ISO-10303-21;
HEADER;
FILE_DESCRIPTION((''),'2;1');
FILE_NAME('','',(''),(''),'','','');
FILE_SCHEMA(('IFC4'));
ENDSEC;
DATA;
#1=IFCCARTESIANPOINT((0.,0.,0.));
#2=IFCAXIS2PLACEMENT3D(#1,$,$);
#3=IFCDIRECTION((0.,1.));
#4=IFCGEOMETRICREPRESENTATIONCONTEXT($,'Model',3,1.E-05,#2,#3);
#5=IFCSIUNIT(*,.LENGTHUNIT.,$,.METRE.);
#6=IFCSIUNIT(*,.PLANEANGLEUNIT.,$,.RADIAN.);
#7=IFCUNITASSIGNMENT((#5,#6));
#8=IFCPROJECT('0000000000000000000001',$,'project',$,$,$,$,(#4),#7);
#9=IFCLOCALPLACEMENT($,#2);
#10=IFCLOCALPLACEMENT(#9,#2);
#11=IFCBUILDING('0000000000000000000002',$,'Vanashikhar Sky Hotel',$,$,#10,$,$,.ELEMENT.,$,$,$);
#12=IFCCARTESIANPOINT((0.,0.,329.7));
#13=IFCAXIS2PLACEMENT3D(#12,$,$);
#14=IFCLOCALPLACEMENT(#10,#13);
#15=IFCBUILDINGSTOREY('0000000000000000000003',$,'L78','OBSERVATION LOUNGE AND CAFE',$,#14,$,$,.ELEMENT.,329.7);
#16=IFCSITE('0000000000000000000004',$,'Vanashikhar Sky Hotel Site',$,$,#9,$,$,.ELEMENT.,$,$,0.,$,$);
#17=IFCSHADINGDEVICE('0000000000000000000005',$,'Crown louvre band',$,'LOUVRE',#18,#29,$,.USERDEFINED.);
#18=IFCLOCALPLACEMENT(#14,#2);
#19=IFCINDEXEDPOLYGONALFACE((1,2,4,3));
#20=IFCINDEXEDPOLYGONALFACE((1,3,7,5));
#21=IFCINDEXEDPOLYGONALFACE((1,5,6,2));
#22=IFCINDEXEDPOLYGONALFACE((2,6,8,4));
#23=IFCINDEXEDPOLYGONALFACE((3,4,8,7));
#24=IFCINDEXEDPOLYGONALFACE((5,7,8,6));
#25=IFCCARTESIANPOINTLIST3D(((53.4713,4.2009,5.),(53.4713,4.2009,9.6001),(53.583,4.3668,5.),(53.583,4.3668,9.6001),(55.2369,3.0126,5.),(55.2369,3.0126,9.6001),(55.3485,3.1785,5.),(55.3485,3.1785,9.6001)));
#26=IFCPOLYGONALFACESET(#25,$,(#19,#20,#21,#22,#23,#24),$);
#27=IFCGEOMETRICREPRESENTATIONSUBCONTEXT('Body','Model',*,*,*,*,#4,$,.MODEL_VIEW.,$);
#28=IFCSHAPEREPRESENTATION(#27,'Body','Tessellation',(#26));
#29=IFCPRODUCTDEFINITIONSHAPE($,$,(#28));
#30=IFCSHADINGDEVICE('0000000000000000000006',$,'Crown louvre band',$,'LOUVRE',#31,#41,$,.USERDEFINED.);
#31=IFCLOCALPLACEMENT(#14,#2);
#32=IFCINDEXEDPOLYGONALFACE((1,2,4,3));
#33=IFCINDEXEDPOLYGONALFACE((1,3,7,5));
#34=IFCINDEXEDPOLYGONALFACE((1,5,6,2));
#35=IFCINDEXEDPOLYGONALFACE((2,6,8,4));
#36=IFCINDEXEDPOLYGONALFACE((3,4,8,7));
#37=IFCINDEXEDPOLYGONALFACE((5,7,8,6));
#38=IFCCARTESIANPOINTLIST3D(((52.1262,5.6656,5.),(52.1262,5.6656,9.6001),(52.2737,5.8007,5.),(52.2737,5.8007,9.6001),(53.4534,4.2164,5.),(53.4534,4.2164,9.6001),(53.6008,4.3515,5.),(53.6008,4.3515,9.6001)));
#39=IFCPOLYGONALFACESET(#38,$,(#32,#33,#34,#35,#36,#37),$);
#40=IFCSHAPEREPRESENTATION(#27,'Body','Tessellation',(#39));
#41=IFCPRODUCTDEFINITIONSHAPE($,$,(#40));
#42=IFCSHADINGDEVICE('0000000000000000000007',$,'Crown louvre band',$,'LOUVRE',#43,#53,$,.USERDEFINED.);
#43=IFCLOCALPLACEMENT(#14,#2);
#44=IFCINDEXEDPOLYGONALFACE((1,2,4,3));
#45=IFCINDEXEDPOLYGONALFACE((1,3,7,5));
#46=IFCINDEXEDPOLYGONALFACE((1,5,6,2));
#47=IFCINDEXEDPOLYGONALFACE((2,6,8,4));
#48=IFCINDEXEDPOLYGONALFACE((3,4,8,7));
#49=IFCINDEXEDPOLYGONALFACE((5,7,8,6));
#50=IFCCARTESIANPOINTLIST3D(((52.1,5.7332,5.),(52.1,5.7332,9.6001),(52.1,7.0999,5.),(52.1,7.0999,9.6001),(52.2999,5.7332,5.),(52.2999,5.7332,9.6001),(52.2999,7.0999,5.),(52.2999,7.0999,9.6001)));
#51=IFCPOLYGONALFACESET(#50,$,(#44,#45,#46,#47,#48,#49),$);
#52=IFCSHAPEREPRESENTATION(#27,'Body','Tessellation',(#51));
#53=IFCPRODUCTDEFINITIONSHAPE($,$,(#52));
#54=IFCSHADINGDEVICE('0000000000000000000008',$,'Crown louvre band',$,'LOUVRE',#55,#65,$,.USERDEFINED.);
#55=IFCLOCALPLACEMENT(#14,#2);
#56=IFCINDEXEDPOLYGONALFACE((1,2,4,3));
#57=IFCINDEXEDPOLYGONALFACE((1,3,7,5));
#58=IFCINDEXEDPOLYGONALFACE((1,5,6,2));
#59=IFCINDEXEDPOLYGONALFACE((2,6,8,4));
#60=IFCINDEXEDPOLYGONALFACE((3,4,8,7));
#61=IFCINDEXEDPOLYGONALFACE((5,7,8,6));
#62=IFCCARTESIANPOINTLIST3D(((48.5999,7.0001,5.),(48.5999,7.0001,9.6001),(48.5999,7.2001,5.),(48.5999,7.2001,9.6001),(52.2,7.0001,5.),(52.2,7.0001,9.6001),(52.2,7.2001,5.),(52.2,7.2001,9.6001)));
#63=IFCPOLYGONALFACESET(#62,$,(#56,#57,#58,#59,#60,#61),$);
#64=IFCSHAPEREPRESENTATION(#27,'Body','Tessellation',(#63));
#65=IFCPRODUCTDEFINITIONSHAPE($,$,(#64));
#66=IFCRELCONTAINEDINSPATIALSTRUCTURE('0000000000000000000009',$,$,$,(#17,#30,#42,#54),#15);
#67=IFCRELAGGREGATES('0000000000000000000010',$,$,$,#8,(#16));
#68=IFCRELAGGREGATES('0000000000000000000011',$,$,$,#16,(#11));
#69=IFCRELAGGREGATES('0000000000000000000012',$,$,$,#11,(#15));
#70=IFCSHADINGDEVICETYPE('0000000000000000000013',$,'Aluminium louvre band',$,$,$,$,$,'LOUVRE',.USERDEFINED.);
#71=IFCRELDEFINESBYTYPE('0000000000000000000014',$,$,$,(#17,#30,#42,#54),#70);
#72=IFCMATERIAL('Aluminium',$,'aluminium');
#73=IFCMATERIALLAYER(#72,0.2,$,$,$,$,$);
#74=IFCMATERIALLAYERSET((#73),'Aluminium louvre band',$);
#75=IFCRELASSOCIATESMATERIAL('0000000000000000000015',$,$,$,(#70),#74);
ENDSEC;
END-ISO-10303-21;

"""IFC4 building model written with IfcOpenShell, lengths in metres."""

from ifc_helpers import new_model, si_unit, direction, frame, origin, origin_2d, place, context, subcontext, project, spatial, rectangle, extrude, source, transform, mapped, material, layer, layer_set, type_object, element, save


model = new_model("IFC4")

# Units and contexts
model_context = context("Model", 3, precision=1e-05, world=origin(), true_north=direction((0.0, 1.0)))
body_context = subcontext(model_context, "Body", "Model", "MODEL_VIEW")
ifc_project = project(units=[si_unit("LENGTHUNIT", "METRE"), si_unit("PLANEANGLEUNIT", "RADIAN")], contexts=[model_context])

# Site, building, storey
site_placement = place(None, origin())
site = spatial("IfcSite", under=ifc_project, at=site_placement, Name="Vanashikhar Sky Hotel Site", CompositionType="ELEMENT", RefElevation=0.0)
building_placement = place(site_placement, origin())
building = spatial("IfcBuilding", under=site, at=building_placement, Name="Vanashikhar Sky Hotel", CompositionType="ELEMENT")
storey_placement = place(building_placement, frame((0.0, 0.0, 329.7)))
storey = spatial("IfcBuildingStorey", under=building, at=storey_placement, Name="L78", Description="OBSERVATION LOUNGE AND CAFE", CompositionType="ELEMENT", Elevation=329.7)

# Shading devices
ifc_material_1 = material(Name="Aluminium", Category="aluminium")
ifc_layer_1 = layer(ifc_material_1, 0.2)
ifc_layer_set_1 = layer_set([ifc_layer_1], Name="Aluminium louvre band")
shading_device_type = type_object("IfcShadingDeviceType", Name="Aluminium louvre band", ElementType="LOUVRE", PredefinedType="USERDEFINED", material=ifc_layer_set_1)
shared_shape_1 = source(origin(), body_context, "Body", "SweptSolid", [
    extrude(rectangle(XDim=2.1282, YDim=0.2, at=origin_2d()), origin(), (0.0, 0.0, 1.0), 4.6001),
])
shading_device_1_placement = place(storey_placement, frame((54.4099, 3.6897, 5.0), z_axis=(0.0, 0.0, 1.0), x_axis=(-0.829603, 0.558353, 0.0)))
element("IfcShadingDevice", 1, at=shading_device_1_placement, inside=storey, type_object=shading_device_type, Name="Crown louvre band", ObjectType="LOUVRE", PredefinedType="USERDEFINED", context=body_context, shape_type="MappedRepresentation", body=[
    mapped(shared_shape_1, transform((0.0, 0.0, 0.0), scale=1.0)),
])
shared_shape_2 = source(origin(), body_context, "Body", "SweptSolid", [
    extrude(rectangle(XDim=1.9651, YDim=0.2, at=origin_2d()), origin(), (0.0, 0.0, 1.0), 4.6001),
])
shading_device_2_placement = place(storey_placement, frame((52.8635, 5.0085, 5.0), z_axis=(0.0, 0.0, 1.0), x_axis=(-0.675371, 0.737478, 0.0)))
element("IfcShadingDevice", 2, at=shading_device_2_placement, inside=storey, type_object=shading_device_type, Name="Crown louvre band", ObjectType="LOUVRE", PredefinedType="USERDEFINED", context=body_context, shape_type="MappedRepresentation", body=[
    mapped(shared_shape_2, transform((0.0, 0.0, 0.0), scale=1.0)),
])
shared_shape_3 = source(origin(), body_context, "Body", "SweptSolid", [
    extrude(rectangle(XDim=1.3667, YDim=0.2, at=origin_2d()), origin(), (0.0, 0.0, 1.0), 4.6001),
])
shading_device_3_placement = place(storey_placement, frame((52.2, 6.4165, 5.0), z_axis=(0.0, 0.0, 1.0), x_axis=(0.0, 1.0, 0.0)))
element("IfcShadingDevice", 3, at=shading_device_3_placement, inside=storey, type_object=shading_device_type, Name="Crown louvre band", ObjectType="LOUVRE", PredefinedType="USERDEFINED", context=body_context, shape_type="MappedRepresentation", body=[
    mapped(shared_shape_3, transform((0.0, 0.0, 0.0), scale=1.0)),
])
shared_shape_4 = source(origin(), body_context, "Body", "SweptSolid", [
    extrude(rectangle(XDim=3.6001, YDim=0.2, at=origin_2d()), origin(), (0.0, 0.0, 1.0), 4.6001),
])
shading_device_4_placement = place(storey_placement, frame((50.3999, 7.1001, 5.0), z_axis=(0.0, 0.0, 1.0), x_axis=(-1.0, 0.0, 0.0)))
element("IfcShadingDevice", 4, at=shading_device_4_placement, inside=storey, type_object=shading_device_type, Name="Crown louvre band", ObjectType="LOUVRE", PredefinedType="USERDEFINED", context=body_context, shape_type="MappedRepresentation", body=[
    mapped(shared_shape_4, transform((0.0, 0.0, 0.0), scale=1.0)),
])

save(model, "model.ifc")
